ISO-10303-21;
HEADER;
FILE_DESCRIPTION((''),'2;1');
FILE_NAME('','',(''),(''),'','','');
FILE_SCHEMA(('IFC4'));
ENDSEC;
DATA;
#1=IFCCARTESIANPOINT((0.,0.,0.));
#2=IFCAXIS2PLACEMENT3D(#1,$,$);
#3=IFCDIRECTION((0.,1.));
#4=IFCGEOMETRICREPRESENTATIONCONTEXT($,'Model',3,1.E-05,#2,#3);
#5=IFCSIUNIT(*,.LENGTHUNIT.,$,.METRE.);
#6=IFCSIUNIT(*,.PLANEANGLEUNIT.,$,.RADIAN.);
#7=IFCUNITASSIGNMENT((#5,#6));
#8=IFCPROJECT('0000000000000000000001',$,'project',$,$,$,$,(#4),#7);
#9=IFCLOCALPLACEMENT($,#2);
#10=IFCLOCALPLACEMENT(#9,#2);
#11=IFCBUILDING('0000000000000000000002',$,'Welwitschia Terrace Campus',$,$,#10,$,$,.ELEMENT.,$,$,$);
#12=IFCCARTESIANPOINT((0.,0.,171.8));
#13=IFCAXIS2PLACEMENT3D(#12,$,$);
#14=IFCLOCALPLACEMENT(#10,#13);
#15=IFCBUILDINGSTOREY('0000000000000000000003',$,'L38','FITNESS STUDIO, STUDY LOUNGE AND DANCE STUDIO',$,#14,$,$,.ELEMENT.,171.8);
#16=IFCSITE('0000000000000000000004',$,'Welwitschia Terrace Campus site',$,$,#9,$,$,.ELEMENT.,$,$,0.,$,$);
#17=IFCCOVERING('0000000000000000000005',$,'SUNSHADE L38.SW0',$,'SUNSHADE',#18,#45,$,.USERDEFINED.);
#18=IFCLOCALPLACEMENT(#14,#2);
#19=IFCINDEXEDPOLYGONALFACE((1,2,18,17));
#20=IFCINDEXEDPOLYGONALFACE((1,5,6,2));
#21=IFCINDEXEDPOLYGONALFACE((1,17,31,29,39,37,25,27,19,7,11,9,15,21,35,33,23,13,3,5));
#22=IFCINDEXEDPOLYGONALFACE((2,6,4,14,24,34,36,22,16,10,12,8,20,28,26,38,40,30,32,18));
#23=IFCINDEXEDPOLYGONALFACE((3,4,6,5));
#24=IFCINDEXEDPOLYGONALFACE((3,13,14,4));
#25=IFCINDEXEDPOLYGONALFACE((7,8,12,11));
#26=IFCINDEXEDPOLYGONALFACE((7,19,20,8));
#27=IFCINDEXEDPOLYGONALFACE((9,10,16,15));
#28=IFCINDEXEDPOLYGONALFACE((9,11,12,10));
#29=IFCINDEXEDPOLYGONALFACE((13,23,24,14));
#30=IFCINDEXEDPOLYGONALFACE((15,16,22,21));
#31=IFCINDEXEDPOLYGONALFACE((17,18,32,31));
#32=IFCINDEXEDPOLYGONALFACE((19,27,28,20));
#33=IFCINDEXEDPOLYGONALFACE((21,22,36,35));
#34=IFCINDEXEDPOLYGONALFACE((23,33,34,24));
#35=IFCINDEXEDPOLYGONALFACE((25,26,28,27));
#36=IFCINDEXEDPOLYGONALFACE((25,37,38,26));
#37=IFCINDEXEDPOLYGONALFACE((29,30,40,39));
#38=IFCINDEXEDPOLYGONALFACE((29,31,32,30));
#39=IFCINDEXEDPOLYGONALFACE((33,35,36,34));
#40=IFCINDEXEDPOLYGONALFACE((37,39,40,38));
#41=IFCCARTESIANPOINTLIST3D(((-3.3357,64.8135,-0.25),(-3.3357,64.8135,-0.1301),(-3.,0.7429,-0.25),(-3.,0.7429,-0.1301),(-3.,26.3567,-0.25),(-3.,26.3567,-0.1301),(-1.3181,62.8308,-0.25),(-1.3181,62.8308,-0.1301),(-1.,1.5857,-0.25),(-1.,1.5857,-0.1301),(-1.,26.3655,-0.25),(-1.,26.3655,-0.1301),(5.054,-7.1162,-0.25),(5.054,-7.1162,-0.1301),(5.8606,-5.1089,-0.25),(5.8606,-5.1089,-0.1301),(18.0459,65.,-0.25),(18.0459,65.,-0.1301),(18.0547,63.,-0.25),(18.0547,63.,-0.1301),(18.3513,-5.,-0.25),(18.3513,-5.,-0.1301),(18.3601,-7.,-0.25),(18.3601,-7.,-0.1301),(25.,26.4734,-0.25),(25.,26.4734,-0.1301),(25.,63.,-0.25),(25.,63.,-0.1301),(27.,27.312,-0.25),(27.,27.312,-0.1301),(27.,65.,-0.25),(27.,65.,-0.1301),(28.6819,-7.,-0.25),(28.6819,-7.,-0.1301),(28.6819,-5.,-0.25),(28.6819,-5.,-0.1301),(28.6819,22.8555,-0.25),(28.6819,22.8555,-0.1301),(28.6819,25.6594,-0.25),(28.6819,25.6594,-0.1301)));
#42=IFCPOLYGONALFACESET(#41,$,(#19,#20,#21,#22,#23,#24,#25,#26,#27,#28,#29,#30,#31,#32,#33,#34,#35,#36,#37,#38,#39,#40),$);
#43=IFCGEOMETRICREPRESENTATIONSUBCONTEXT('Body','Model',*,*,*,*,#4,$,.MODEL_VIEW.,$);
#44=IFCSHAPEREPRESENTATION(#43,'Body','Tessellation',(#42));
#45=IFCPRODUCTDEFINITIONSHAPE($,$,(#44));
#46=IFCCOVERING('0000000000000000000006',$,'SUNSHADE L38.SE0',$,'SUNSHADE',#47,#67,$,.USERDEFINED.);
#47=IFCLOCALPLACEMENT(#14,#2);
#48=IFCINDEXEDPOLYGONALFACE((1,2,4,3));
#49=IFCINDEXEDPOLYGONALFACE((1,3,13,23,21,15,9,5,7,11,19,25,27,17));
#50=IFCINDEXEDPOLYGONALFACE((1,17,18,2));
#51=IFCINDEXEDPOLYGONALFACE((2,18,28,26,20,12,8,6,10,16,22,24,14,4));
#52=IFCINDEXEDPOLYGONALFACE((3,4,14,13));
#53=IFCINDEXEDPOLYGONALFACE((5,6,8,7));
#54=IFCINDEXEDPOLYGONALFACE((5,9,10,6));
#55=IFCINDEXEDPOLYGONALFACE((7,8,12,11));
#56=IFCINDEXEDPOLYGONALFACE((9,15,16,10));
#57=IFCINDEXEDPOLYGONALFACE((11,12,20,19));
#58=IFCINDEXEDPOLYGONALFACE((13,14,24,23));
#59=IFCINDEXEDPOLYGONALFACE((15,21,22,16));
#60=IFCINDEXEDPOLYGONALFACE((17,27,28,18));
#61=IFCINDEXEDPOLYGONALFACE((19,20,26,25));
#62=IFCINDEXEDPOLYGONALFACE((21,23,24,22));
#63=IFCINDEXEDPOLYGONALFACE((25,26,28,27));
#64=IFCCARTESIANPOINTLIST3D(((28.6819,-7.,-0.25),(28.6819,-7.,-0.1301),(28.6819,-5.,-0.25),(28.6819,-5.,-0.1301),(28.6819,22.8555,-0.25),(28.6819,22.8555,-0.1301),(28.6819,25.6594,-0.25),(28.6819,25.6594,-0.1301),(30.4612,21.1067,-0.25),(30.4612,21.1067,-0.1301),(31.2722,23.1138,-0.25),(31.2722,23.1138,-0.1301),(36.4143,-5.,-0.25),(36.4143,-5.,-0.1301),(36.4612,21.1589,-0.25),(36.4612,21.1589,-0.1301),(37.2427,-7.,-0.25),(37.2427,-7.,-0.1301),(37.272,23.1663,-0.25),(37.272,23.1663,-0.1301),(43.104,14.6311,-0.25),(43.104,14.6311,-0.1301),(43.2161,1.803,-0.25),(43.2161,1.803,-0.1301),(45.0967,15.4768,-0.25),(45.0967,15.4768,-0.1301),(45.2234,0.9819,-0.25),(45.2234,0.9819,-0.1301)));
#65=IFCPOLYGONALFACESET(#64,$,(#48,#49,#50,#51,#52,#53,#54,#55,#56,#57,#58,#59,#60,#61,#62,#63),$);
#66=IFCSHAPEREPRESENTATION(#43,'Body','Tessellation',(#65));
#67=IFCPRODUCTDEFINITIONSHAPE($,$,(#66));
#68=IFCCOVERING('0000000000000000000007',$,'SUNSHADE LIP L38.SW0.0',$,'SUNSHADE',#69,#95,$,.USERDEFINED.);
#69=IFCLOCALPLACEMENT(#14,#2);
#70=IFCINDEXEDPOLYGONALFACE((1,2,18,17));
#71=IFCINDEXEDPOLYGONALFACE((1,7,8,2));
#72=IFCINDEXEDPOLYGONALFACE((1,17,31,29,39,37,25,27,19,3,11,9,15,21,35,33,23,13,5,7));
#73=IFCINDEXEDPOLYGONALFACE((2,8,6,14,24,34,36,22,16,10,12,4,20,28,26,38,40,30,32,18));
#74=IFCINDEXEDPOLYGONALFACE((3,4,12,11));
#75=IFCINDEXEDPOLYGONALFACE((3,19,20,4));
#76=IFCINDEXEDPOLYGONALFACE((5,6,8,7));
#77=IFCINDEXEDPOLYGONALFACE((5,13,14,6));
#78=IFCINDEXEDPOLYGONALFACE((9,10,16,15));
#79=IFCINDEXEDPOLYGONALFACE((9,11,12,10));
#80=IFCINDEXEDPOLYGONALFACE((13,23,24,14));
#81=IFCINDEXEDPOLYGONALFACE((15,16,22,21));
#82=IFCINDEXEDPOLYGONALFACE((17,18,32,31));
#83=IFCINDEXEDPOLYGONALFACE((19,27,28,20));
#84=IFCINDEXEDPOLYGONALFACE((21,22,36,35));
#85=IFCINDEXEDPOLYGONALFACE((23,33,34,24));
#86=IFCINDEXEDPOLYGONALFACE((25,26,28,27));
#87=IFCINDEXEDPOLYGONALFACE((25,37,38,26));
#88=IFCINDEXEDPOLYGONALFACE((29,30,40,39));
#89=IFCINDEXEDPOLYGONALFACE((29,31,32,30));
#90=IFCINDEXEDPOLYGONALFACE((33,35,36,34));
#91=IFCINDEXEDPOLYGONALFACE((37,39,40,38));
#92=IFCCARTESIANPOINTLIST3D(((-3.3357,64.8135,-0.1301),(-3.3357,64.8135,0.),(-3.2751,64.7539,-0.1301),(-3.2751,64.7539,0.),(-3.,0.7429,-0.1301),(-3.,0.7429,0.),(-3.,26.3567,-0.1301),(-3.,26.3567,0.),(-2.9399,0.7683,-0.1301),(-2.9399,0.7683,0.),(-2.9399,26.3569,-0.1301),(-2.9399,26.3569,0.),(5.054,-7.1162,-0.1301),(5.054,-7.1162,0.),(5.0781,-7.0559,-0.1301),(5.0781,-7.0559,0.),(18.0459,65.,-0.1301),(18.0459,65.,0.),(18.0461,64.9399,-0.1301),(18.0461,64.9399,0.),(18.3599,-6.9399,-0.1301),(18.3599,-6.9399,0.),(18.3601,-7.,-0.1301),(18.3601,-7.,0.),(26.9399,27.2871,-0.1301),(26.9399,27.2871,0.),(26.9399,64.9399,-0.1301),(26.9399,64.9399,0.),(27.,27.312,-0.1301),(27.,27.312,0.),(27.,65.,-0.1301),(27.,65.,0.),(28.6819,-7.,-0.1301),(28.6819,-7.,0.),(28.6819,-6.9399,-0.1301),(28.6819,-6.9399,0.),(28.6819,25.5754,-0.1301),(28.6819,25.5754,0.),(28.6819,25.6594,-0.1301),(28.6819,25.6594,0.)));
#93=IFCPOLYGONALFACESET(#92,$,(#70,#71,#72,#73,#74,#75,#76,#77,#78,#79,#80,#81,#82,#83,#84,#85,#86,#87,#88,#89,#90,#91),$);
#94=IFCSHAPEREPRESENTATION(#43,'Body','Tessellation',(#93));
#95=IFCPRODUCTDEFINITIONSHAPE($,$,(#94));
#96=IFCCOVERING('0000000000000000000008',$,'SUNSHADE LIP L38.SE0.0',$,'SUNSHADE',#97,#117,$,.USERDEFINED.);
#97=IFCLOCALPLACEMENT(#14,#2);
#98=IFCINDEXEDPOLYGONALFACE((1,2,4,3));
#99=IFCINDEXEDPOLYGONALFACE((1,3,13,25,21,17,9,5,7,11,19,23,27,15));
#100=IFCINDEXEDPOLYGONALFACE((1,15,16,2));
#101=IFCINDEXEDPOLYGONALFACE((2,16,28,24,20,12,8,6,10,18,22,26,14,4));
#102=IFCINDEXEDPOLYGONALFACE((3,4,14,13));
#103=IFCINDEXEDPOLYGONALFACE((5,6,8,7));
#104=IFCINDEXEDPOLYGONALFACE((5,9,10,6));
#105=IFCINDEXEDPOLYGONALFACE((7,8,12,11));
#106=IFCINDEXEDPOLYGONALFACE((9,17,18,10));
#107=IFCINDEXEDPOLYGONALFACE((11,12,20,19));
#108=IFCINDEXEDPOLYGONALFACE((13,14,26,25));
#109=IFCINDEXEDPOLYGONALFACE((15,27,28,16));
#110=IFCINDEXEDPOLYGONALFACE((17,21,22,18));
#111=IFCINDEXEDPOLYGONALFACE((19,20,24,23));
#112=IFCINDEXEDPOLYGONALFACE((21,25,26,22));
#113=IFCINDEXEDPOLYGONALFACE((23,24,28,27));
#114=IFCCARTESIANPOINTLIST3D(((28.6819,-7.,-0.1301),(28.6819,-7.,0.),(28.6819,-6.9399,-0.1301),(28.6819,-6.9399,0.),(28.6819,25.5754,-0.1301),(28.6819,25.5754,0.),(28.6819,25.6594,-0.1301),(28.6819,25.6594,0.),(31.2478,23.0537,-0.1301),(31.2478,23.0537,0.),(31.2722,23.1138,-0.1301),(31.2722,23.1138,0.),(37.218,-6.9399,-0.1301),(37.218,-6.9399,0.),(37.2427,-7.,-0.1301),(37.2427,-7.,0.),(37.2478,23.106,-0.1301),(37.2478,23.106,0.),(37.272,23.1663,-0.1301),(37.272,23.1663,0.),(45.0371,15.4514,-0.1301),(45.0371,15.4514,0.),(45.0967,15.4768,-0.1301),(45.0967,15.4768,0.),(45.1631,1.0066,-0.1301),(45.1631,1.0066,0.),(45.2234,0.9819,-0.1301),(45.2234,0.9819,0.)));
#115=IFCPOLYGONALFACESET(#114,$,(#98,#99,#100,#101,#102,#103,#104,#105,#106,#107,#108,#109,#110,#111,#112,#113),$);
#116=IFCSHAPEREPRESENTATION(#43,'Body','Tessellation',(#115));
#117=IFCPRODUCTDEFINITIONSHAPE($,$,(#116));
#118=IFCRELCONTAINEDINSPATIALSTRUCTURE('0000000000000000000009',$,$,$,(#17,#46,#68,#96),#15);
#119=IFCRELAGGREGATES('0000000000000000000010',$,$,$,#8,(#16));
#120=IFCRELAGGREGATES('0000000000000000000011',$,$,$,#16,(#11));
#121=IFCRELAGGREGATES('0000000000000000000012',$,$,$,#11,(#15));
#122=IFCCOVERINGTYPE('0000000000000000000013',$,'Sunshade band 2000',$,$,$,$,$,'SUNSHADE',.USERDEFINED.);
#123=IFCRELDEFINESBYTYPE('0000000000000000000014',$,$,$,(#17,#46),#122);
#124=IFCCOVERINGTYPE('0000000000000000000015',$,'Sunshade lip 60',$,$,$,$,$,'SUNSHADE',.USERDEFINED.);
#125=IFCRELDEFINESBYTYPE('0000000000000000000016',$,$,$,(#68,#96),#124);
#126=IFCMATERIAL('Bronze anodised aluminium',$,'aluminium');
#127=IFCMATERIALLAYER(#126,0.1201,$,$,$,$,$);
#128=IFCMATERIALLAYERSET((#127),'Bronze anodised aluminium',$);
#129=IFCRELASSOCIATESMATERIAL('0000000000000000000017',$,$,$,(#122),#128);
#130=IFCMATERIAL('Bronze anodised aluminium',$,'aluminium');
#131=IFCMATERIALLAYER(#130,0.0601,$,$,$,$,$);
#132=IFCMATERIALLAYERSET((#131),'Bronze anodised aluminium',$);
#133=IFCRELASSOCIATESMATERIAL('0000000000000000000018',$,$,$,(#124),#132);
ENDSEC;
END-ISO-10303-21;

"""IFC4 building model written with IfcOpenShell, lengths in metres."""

from ifc_helpers import new_model, si_unit, direction, frame, origin, place, context, subcontext, project, spatial, polyline, outline, extrude, material, layer, layer_set, type_object, element, save


model = new_model("IFC4")

# Units and contexts
model_context = context("Model", 3, precision=1e-05, world=origin(), true_north=direction((0.0, 1.0)))
body_context = subcontext(model_context, "Body", "Model", "MODEL_VIEW")
ifc_project = project(units=[si_unit("LENGTHUNIT", "METRE"), si_unit("PLANEANGLEUNIT", "RADIAN")], contexts=[model_context])

# Site, building, storey
site_placement = place(None, origin())
site = spatial("IfcSite", under=ifc_project, at=site_placement, Name="Welwitschia Terrace Campus site", CompositionType="ELEMENT", RefElevation=0.0)
building_placement = place(site_placement, origin())
building = spatial("IfcBuilding", under=site, at=building_placement, Name="Welwitschia Terrace Campus", CompositionType="ELEMENT")
storey_placement = place(building_placement, frame((0.0, 0.0, 171.8)))
storey = spatial("IfcBuildingStorey", under=building, at=storey_placement, Name="L38", Description="FITNESS STUDIO, STUDY LOUNGE AND DANCE STUDIO", CompositionType="ELEMENT", Elevation=171.8)

# Coverings
ifc_material_1 = material(Name="Bronze anodised aluminium", Category="aluminium")
ifc_layer_1 = layer(ifc_material_1, 0.1201)
ifc_layer_set_1 = layer_set([ifc_layer_1], Name="Bronze anodised aluminium")
covering_type_1 = type_object("IfcCoveringType", Name="Sunshade band 2000", ElementType="SUNSHADE", PredefinedType="USERDEFINED", material=ifc_layer_set_1)
covering_1_placement = place(storey_placement, frame((0.0, 0.0, -0.25)))
element("IfcCovering", 1, at=covering_1_placement, inside=storey, type_object=covering_type_1, Name="SUNSHADE L38.SW0", ObjectType="SUNSHADE", PredefinedType="USERDEFINED", context=body_context, shape_type="SweptSolid", body=[
    extrude(outline(polyline([(27.0, 65.0), (27.0, 27.312), (28.6819, 25.6594), (28.6819, 22.8555), (25.0, 26.4734), (25.0, 63.0), (18.0547, 63.0), (-1.3181, 62.8308), (-1.0, 26.3655), (-1.0, 1.5857), (5.8606, -5.1089), (18.3513, -5.0), (28.6819, -5.0), (28.6819, -7.0), (18.3601, -7.0), (5.054, -7.1162), (-3.0, 0.7429), (-3.0, 26.3567), (-3.3357, 64.8135), (18.0459, 65.0), (27.0, 65.0)])), origin(), (0.0, 0.0, 1.0), 0.1199),
])
covering_2_placement = place(storey_placement, frame((0.0, 0.0, -0.25)))
element("IfcCovering", 2, at=covering_2_placement, inside=storey, type_object=covering_type_1, Name="SUNSHADE L38.SE0", ObjectType="SUNSHADE", PredefinedType="USERDEFINED", context=body_context, shape_type="SweptSolid", body=[
    extrude(outline(polyline([(31.2722, 23.1138), (37.272, 23.1663), (45.0967, 15.4768), (45.2234, 0.9819), (37.2427, -7.0), (28.6819, -7.0), (28.6819, -5.0), (36.4143, -5.0), (43.2161, 1.803), (43.104, 14.6311), (36.4612, 21.1589), (30.4612, 21.1067), (28.6819, 22.8555), (28.6819, 25.6594), (31.2722, 23.1138)])), origin(), (0.0, 0.0, 1.0), 0.1199),
])
ifc_material_2 = material(Name="Bronze anodised aluminium", Category="aluminium")
ifc_layer_2 = layer(ifc_material_2, 0.0601)
ifc_layer_set_2 = layer_set([ifc_layer_2], Name="Bronze anodised aluminium")
covering_type_2 = type_object("IfcCoveringType", Name="Sunshade lip 60", ElementType="SUNSHADE", PredefinedType="USERDEFINED", material=ifc_layer_set_2)
covering_3_placement = place(storey_placement, frame((0.0, 0.0, -0.1301)))
element("IfcCovering", 3, at=covering_3_placement, inside=storey, type_object=covering_type_2, Name="SUNSHADE LIP L38.SW0.0", ObjectType="SUNSHADE", PredefinedType="USERDEFINED", context=body_context, shape_type="SweptSolid", body=[
    extrude(outline(polyline([(27.0, 27.312), (28.6819, 25.6594), (28.6819, 25.5754), (26.9399, 27.2871), (26.9399, 64.9399), (18.0461, 64.9399), (-3.2751, 64.7539), (-2.9399, 26.3569), (-2.9399, 0.7683), (5.0781, -7.0559), (18.3599, -6.9399), (28.6819, -6.9399), (28.6819, -7.0), (18.3601, -7.0), (5.054, -7.1162), (-3.0, 0.7429), (-3.0, 26.3567), (-3.3357, 64.8135), (18.0459, 65.0), (27.0, 65.0), (27.0, 27.312)])), origin(), (0.0, 0.0, 1.0), 0.1301),
])
covering_4_placement = place(storey_placement, frame((0.0, 0.0, -0.1301)))
element("IfcCovering", 4, at=covering_4_placement, inside=storey, type_object=covering_type_2, Name="SUNSHADE LIP L38.SE0.0", ObjectType="SUNSHADE", PredefinedType="USERDEFINED", context=body_context, shape_type="SweptSolid", body=[
    extrude(outline(polyline([(37.272, 23.1663), (45.0967, 15.4768), (45.2234, 0.9819), (37.2427, -7.0), (28.6819, -7.0), (28.6819, -6.9399), (37.218, -6.9399), (45.1631, 1.0066), (45.0371, 15.4514), (37.2478, 23.106), (31.2478, 23.0537), (28.6819, 25.5754), (28.6819, 25.6594), (31.2722, 23.1138), (37.272, 23.1663)])), origin(), (0.0, 0.0, 1.0), 0.1301),
])

save(model, "model.ifc")
